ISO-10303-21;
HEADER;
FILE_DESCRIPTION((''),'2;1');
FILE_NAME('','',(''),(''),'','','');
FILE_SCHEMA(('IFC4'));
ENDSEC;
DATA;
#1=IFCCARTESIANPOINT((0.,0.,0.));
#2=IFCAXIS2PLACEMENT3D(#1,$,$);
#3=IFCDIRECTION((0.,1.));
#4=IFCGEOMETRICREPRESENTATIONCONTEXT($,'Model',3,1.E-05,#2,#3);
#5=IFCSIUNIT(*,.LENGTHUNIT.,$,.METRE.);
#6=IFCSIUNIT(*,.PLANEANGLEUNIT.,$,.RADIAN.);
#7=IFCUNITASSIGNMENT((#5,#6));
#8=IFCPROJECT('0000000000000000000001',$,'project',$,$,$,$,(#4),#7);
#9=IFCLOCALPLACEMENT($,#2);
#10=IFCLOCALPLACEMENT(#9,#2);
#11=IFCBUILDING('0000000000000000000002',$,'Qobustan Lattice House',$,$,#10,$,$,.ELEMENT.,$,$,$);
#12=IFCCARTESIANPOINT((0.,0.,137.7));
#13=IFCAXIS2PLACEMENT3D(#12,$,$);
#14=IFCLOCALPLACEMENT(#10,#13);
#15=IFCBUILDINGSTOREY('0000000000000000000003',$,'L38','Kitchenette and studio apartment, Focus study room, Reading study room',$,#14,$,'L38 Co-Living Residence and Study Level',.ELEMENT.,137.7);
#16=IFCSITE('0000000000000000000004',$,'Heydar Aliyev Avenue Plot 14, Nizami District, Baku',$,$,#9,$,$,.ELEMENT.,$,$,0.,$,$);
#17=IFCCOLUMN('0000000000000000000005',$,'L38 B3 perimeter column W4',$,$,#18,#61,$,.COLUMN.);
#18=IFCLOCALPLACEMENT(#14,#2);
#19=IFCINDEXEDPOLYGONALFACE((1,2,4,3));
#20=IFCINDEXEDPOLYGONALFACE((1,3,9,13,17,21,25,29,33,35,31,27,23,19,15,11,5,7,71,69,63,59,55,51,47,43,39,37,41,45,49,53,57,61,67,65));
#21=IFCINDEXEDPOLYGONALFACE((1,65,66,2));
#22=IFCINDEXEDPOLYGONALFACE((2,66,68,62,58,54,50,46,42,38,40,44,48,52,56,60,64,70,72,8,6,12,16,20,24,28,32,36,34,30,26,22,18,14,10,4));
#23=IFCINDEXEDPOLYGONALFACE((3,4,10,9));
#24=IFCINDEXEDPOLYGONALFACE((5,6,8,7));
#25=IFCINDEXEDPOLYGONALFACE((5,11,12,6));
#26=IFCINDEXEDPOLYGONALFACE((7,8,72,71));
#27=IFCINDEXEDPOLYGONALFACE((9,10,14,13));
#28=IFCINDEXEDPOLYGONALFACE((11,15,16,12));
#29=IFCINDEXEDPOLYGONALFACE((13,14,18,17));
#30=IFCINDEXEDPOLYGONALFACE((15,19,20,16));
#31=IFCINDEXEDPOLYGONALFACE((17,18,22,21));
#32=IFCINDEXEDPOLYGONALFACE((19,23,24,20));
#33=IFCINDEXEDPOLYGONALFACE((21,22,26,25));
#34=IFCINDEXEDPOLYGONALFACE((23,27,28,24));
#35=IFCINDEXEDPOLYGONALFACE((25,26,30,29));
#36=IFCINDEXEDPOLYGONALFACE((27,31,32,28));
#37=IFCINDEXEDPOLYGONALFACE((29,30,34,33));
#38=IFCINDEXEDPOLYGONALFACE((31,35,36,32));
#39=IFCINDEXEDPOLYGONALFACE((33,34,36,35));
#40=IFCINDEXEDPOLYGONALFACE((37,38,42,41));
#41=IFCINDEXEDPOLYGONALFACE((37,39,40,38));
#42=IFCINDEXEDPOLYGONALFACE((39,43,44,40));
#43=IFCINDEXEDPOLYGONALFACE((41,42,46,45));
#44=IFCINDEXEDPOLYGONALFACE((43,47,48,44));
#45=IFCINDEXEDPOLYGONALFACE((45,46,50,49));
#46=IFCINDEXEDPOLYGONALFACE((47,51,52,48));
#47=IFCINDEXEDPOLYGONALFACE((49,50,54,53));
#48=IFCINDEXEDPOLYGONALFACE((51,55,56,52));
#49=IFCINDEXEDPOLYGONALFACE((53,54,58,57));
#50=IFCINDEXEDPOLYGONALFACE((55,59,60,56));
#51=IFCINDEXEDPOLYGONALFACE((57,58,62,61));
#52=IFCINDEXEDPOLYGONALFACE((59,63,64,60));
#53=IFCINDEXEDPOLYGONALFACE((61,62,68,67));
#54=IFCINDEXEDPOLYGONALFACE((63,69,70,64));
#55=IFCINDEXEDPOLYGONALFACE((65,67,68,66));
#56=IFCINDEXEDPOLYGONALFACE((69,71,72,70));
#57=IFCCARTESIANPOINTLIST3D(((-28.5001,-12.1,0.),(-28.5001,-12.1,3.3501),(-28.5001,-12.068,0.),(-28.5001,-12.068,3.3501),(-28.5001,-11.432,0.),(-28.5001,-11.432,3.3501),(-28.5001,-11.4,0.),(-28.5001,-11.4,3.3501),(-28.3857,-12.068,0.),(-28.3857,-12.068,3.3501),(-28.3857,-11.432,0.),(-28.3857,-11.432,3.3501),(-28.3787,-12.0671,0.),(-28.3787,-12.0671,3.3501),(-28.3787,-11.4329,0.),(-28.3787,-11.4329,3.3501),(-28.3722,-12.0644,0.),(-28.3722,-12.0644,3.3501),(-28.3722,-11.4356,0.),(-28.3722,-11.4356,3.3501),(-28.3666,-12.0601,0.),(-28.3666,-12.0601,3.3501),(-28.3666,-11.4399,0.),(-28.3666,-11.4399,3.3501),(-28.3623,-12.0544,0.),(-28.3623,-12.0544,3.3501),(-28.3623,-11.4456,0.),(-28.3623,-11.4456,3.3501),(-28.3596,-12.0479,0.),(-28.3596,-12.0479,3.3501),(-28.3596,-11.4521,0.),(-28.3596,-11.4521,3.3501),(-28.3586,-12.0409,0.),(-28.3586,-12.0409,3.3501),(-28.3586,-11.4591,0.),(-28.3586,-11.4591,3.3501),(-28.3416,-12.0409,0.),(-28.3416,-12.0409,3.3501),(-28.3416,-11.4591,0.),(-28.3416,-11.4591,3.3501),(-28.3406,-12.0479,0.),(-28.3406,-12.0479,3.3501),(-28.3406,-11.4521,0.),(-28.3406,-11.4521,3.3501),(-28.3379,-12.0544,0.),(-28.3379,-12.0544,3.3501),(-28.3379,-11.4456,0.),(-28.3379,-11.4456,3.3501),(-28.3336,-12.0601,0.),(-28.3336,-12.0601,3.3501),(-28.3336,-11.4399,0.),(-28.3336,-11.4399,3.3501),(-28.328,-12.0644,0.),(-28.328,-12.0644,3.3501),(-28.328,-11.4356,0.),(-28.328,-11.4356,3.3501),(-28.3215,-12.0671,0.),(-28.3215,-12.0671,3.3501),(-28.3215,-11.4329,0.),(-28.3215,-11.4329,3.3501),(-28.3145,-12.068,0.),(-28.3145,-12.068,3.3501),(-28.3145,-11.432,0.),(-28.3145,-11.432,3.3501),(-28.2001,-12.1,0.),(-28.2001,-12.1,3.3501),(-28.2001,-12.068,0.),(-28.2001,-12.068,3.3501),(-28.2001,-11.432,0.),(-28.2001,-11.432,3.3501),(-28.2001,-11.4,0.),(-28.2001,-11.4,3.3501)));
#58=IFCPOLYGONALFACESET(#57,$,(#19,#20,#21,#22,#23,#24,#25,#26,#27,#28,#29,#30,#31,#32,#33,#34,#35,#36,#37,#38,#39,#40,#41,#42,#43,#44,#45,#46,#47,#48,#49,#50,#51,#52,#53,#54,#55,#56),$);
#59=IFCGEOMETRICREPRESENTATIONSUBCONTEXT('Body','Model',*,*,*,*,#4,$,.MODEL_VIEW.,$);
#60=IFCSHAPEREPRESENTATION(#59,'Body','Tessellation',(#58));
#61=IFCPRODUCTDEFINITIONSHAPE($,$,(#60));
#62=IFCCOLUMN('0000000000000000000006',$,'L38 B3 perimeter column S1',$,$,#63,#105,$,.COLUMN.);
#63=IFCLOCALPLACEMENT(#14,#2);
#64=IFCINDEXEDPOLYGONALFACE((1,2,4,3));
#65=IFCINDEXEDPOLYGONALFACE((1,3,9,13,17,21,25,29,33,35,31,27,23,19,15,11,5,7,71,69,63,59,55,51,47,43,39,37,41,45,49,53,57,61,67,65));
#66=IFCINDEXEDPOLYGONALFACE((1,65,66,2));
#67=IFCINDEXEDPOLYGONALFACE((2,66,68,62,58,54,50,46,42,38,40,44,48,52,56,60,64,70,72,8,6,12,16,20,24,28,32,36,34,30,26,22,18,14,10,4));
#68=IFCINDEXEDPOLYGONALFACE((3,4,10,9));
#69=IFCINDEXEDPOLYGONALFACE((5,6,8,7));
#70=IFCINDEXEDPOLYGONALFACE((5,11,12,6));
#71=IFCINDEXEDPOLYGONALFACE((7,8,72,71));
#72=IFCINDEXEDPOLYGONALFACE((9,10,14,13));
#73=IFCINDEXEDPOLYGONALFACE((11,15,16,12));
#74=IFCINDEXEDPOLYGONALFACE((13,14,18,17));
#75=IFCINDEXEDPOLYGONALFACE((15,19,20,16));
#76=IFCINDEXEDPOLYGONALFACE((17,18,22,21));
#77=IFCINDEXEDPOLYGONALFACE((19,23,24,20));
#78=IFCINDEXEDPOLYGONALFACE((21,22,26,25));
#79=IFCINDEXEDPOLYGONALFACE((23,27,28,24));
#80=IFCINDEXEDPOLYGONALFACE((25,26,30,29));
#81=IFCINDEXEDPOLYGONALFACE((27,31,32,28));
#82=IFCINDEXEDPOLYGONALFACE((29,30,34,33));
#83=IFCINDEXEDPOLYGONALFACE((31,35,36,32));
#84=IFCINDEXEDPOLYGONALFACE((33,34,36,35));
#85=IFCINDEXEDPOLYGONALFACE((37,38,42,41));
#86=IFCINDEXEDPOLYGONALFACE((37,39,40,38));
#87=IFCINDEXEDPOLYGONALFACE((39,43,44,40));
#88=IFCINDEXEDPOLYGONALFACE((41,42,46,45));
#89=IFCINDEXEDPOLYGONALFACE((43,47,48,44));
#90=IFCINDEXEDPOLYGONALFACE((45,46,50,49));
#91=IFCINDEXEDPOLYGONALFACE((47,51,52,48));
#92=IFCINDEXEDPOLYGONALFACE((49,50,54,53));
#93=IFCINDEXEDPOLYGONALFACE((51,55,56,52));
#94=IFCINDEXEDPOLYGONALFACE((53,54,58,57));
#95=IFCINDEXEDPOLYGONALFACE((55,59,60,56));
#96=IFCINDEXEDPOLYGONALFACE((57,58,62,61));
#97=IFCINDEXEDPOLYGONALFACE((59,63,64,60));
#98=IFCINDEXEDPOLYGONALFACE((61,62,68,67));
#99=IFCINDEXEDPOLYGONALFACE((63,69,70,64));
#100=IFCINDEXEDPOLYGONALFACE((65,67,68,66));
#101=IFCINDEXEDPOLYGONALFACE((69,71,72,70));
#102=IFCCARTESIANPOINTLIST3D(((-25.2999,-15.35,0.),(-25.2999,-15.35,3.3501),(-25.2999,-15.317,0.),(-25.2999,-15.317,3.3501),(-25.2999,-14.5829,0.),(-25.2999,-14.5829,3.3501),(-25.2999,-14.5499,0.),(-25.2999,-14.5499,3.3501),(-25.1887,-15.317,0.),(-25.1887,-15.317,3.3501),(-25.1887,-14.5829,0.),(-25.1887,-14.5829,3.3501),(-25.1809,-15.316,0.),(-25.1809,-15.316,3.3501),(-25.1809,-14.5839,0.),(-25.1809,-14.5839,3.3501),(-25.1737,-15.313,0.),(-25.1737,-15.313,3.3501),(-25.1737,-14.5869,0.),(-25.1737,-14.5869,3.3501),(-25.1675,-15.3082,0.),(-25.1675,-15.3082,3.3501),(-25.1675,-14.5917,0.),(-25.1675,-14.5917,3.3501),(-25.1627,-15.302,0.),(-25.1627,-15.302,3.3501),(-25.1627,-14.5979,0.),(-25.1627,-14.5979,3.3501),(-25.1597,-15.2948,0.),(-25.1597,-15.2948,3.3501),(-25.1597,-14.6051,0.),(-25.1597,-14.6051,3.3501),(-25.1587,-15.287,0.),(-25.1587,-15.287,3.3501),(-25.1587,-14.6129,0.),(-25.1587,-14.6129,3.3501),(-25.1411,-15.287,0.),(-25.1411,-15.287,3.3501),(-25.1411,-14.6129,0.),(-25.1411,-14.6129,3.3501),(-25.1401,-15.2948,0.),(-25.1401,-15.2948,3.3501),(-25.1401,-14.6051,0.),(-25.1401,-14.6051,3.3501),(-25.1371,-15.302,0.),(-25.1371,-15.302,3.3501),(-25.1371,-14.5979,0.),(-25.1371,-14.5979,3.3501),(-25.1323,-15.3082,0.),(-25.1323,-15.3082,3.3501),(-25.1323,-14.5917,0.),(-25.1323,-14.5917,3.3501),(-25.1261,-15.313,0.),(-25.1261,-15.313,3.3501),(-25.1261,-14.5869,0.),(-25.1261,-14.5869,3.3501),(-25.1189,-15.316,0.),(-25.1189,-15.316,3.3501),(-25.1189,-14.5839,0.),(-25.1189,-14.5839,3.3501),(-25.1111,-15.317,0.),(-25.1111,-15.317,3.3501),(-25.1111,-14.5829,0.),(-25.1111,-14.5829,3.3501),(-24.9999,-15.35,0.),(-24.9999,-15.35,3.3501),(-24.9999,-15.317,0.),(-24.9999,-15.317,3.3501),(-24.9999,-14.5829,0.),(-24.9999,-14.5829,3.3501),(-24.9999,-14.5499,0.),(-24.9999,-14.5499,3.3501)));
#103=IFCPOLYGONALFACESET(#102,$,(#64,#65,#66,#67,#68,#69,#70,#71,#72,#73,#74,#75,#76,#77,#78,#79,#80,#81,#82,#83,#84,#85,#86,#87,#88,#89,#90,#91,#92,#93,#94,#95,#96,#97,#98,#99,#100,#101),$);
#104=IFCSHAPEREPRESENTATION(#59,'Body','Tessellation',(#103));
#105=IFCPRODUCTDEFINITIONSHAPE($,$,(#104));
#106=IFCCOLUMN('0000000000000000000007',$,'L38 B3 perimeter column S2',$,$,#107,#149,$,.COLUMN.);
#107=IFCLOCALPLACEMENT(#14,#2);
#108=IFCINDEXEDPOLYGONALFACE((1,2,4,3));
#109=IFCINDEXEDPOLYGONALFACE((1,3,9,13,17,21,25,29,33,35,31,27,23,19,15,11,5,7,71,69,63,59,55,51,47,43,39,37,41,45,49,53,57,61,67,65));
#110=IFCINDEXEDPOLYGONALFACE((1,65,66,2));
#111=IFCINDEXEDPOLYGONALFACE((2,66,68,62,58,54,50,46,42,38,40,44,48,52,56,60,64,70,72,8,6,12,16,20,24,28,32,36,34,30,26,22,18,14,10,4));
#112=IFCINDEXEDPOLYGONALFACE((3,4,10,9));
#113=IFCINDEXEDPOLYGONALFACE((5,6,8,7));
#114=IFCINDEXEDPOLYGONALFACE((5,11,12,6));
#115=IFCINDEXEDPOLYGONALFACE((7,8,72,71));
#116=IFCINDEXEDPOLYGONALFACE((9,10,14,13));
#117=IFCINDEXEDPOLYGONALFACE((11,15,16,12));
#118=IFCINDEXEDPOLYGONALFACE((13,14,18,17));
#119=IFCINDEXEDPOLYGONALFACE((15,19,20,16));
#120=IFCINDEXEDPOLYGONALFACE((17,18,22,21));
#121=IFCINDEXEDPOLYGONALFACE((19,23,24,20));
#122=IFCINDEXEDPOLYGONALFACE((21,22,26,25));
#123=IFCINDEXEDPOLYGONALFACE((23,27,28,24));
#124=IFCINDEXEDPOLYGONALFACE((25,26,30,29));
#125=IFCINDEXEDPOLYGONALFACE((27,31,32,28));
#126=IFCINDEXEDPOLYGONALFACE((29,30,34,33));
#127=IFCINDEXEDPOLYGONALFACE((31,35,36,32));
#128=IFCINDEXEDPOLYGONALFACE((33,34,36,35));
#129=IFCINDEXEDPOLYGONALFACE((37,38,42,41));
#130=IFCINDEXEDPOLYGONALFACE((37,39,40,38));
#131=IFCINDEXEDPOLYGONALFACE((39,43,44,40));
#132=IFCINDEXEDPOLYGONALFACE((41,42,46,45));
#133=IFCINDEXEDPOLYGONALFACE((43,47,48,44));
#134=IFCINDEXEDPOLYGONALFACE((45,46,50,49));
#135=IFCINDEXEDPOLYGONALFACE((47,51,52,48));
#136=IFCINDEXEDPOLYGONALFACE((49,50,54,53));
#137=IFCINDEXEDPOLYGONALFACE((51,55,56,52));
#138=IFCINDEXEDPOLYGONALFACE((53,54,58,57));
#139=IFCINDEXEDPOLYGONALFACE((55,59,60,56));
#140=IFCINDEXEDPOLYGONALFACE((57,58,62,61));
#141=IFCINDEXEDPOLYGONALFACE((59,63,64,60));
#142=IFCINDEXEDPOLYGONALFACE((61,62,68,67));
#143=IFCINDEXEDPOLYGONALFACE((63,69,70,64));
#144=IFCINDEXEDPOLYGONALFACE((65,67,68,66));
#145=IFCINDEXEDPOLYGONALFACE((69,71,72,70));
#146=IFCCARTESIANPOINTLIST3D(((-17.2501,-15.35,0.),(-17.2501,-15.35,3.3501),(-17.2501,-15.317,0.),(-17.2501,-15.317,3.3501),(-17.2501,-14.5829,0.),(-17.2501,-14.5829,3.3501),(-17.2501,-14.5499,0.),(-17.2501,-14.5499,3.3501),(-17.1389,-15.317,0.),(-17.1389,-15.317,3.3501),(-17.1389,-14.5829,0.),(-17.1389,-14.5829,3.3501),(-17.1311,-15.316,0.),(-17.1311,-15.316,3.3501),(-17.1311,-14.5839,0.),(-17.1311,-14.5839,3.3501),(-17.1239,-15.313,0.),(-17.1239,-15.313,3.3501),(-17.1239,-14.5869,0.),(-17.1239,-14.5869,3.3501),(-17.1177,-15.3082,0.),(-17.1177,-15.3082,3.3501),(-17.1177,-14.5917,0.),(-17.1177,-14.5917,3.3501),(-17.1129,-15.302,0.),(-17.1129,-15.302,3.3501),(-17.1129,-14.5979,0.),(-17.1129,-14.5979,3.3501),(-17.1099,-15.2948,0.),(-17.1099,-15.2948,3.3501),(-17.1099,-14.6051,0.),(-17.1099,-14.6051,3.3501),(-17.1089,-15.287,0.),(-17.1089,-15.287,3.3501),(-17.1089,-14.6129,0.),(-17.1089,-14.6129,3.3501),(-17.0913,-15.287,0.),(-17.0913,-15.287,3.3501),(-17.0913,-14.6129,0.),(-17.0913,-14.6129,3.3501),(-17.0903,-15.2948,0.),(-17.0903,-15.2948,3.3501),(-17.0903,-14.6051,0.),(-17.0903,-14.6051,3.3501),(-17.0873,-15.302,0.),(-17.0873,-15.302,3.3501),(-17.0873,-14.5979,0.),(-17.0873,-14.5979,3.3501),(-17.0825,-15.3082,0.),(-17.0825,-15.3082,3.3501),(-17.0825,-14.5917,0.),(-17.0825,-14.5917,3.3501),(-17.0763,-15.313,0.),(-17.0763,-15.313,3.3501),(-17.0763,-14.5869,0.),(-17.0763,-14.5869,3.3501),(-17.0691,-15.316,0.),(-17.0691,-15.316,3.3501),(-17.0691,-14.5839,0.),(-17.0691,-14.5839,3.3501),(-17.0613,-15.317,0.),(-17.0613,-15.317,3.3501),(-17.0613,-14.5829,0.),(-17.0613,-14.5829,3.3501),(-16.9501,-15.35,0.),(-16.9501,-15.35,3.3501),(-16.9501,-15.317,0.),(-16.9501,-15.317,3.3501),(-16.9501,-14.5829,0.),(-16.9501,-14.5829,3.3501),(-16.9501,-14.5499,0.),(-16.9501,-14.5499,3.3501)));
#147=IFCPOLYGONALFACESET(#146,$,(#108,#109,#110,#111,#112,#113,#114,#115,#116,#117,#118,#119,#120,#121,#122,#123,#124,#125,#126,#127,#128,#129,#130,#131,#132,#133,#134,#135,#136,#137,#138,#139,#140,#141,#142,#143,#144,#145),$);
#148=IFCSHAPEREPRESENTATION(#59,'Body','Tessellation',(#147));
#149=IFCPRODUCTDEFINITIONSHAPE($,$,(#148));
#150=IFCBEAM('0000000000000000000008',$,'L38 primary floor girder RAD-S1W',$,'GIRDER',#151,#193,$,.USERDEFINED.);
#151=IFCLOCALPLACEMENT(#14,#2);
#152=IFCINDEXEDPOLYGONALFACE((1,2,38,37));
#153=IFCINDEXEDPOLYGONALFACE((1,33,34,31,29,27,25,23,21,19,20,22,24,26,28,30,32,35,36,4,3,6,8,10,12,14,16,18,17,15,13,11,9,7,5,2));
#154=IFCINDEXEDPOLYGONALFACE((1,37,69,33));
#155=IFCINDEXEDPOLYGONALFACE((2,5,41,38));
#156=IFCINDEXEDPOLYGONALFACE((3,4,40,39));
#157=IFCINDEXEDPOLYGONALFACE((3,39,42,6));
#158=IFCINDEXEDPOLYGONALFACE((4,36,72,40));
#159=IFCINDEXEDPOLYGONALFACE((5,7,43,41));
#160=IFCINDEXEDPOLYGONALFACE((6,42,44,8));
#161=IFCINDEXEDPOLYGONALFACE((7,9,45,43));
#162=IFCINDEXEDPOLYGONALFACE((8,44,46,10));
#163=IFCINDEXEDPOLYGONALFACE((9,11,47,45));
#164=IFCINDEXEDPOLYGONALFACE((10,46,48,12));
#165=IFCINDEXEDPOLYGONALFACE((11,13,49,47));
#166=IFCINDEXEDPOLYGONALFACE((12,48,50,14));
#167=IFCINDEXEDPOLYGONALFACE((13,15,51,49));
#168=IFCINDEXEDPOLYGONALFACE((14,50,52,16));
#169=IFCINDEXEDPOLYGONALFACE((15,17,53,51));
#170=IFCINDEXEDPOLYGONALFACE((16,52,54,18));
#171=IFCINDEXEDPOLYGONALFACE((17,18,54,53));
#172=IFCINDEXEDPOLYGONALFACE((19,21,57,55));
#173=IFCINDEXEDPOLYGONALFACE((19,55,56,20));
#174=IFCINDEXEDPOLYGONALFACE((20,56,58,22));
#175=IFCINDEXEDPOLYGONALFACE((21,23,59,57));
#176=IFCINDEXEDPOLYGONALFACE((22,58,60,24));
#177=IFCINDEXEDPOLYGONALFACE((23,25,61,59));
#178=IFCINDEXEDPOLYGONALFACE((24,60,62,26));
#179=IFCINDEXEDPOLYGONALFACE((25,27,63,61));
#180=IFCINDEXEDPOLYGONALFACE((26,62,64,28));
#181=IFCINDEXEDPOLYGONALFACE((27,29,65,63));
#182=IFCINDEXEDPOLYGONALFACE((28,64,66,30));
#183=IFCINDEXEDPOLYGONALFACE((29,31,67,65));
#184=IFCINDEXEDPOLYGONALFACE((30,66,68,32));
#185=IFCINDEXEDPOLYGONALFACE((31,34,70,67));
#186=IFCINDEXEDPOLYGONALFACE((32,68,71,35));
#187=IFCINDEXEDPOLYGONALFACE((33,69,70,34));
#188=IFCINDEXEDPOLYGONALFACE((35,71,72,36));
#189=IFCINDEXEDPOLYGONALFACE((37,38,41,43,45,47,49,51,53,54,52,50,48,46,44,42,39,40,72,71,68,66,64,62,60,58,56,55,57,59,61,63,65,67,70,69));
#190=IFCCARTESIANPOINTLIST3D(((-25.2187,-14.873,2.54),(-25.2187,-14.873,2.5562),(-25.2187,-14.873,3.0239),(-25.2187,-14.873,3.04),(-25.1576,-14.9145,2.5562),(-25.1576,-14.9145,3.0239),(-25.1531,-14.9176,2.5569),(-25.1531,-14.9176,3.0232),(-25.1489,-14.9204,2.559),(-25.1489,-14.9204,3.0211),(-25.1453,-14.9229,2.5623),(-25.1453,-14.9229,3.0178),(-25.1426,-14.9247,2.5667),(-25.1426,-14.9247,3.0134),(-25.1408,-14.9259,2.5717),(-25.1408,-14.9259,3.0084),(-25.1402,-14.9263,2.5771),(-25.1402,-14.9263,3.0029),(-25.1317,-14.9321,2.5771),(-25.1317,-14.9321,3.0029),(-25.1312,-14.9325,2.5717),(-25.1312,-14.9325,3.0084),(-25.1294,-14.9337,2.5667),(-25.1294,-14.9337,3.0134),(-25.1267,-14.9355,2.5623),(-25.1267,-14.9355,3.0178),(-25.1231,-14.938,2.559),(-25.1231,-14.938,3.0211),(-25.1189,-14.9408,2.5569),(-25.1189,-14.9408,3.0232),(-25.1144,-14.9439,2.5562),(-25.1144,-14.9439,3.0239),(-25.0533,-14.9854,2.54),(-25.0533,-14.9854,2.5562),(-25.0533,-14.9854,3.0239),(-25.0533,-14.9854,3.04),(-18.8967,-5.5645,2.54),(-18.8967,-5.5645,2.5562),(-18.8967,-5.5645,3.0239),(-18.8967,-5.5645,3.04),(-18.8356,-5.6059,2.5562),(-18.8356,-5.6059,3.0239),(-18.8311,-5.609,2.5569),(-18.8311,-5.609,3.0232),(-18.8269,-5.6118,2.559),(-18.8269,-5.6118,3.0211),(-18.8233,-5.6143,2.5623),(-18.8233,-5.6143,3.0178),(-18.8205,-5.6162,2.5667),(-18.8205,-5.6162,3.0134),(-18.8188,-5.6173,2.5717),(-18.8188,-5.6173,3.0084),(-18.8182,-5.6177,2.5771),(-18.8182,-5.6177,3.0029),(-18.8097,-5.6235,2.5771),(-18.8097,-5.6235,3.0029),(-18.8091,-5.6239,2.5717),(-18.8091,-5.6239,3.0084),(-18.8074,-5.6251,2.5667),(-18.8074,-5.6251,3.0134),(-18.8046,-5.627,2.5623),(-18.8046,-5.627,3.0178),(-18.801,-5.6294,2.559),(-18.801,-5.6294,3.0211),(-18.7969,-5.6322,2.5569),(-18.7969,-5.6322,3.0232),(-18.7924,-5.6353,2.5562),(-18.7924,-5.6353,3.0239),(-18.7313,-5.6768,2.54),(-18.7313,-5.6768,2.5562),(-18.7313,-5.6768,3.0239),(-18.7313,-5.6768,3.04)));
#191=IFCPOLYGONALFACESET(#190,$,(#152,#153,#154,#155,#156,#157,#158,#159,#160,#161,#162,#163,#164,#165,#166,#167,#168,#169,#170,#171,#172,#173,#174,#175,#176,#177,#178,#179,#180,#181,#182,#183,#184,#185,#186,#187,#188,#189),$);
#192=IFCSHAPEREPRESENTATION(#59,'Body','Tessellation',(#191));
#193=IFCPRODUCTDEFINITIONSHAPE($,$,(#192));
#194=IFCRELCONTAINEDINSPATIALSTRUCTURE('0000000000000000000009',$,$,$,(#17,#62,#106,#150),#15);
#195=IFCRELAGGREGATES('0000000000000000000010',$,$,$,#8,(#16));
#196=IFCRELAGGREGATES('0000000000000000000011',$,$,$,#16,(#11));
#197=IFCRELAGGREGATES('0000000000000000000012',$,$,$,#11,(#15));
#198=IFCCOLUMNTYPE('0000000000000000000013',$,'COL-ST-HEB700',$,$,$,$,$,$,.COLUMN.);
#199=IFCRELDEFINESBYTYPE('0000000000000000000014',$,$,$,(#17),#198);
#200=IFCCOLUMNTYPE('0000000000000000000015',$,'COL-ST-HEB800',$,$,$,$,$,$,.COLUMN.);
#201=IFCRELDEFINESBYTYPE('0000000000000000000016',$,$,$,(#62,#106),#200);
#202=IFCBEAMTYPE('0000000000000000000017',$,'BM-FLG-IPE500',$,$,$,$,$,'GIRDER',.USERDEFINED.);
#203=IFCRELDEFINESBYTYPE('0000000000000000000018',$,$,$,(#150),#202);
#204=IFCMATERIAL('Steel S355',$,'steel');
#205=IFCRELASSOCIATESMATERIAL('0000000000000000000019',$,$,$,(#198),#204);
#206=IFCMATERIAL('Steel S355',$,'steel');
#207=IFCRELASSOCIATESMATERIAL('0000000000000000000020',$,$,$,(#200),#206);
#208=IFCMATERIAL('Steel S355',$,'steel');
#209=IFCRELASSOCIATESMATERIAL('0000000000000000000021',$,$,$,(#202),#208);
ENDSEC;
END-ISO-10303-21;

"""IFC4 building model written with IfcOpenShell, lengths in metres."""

from ifc_helpers import new_model, si_unit, direction, frame, origin, origin_2d, place, context, subcontext, project, spatial, i_section, extrude, material, material_profile, profile_set, type_object, element, save


model = new_model("IFC4")

# Units and contexts
model_context = context("Model", 3, precision=1e-05, world=origin(), true_north=direction((0.0, 1.0)))
body_context = subcontext(model_context, "Body", "Model", "MODEL_VIEW")
ifc_project = project(units=[si_unit("LENGTHUNIT", "METRE"), si_unit("PLANEANGLEUNIT", "RADIAN")], contexts=[model_context])

# Site, building, storey
site_placement = place(None, origin())
site = spatial("IfcSite", under=ifc_project, at=site_placement, Name="Heydar Aliyev Avenue Plot 14, Nizami District, Baku", CompositionType="ELEMENT", RefElevation=0.0)
building_placement = place(site_placement, origin())
building = spatial("IfcBuilding", under=site, at=building_placement, Name="Qobustan Lattice House", CompositionType="ELEMENT")
storey_placement = place(building_placement, frame((0.0, 0.0, 137.7)))
storey = spatial("IfcBuildingStorey", under=building, at=storey_placement, Name="L38", Description="Kitchenette and studio apartment, Focus study room, Reading study room", LongName="L38 Co-Living Residence and Study Level", CompositionType="ELEMENT", Elevation=137.7)

# Columns
ifc_material_1 = material(Name="Steel S355", Category="steel")
ifc_material_profile_1 = material_profile(ifc_material_1, i_section(OverallWidth=0.3, OverallDepth=0.7, WebThickness=0.0171, FlangeThickness=0.032, FilletRadius=0.0271, at=origin_2d()), Name="HEB700")
ifc_profile_set_1 = profile_set([ifc_material_profile_1], Name="Steel S355")
column_type_1 = type_object("IfcColumnType", Name="COL-ST-HEB700", PredefinedType="COLUMN", material=ifc_profile_set_1)
column_placement = place(storey_placement, frame((-28.3501, -11.75, 0.0), z_axis=(0.0, 0.0, 1.0), x_axis=(1.0, 0.0, 0.0)))
element("IfcColumn", 1, at=column_placement, inside=storey, type_object=column_type_1, Name="L38 B3 perimeter column W4", PredefinedType="COLUMN", context=body_context, shape_type="SweptSolid", body=[
    extrude(i_section(OverallWidth=0.3, OverallDepth=0.7, WebThickness=0.0171, FlangeThickness=0.032, FilletRadius=0.0271, at=origin_2d()), origin(), (0.0, 0.0, 1.0), 3.3501),
])
ifc_material_2 = material(Name="Steel S355", Category="steel")
ifc_material_profile_2 = material_profile(ifc_material_2, i_section(OverallWidth=0.3, OverallDepth=0.8, WebThickness=0.0176, FlangeThickness=0.033, FilletRadius=0.03, at=origin_2d()), Name="HEB800")
ifc_profile_set_2 = profile_set([ifc_material_profile_2], Name="Steel S355")
column_type_2 = type_object("IfcColumnType", Name="COL-ST-HEB800", PredefinedType="COLUMN", material=ifc_profile_set_2)
for number, where, z_axis, x_axis, name in (
    (2, (-25.1499, -14.95, 0.0), (0.0, 0.0, 1.0), (1.0, 0.0, 0.0), "L38 B3 perimeter column S1"),
    (3, (-17.1001, -14.95, 0.0), (0.0, 0.0, 1.0), (1.0, 0.0, 0.0), "L38 B3 perimeter column S2"),
):
    element("IfcColumn", number, at=place(storey_placement, frame(where, z_axis=z_axis, x_axis=x_axis)), inside=storey, type_object=column_type_2, Name=name, PredefinedType="COLUMN", context=body_context, shape_type="SweptSolid", body=[
        extrude(i_section(OverallWidth=0.3, OverallDepth=0.8, WebThickness=0.0176, FlangeThickness=0.033, FilletRadius=0.03, at=origin_2d()), origin(), (0.0, 0.0, 1.0), 3.3501),
    ])

# Beam
ifc_material_3 = material(Name="Steel S355", Category="steel")
ifc_material_profile_3 = material_profile(ifc_material_3, i_section(OverallWidth=0.2, OverallDepth=0.5, WebThickness=0.0103, FlangeThickness=0.0161, FilletRadius=0.021, at=origin_2d()), Name="IPE500")
ifc_profile_set_3 = profile_set([ifc_material_profile_3], Name="Steel S355")
beam_type_1 = type_object("IfcBeamType", Name="BM-FLG-IPE500", ElementType="GIRDER", PredefinedType="USERDEFINED", material=ifc_profile_set_3)
beam_1_placement = place(storey_placement, frame((-25.136, -14.9292, 2.79), z_axis=(0.561835, 0.82725, 0.0), x_axis=(-0.82725, 0.561835, 0.0)))
element("IfcBeam", 4, at=beam_1_placement, inside=storey, type_object=beam_type_1, Name="L38 primary floor girder RAD-S1W", ObjectType="GIRDER", PredefinedType="USERDEFINED", context=body_context, shape_type="SweptSolid", body=[
    extrude(i_section(OverallWidth=0.2, OverallDepth=0.5, WebThickness=0.0103, FlangeThickness=0.0161, FilletRadius=0.021, at=origin_2d()), origin(), (0.0, 0.0, 1.0), 11.2524),
])

save(model, "model.ifc")
